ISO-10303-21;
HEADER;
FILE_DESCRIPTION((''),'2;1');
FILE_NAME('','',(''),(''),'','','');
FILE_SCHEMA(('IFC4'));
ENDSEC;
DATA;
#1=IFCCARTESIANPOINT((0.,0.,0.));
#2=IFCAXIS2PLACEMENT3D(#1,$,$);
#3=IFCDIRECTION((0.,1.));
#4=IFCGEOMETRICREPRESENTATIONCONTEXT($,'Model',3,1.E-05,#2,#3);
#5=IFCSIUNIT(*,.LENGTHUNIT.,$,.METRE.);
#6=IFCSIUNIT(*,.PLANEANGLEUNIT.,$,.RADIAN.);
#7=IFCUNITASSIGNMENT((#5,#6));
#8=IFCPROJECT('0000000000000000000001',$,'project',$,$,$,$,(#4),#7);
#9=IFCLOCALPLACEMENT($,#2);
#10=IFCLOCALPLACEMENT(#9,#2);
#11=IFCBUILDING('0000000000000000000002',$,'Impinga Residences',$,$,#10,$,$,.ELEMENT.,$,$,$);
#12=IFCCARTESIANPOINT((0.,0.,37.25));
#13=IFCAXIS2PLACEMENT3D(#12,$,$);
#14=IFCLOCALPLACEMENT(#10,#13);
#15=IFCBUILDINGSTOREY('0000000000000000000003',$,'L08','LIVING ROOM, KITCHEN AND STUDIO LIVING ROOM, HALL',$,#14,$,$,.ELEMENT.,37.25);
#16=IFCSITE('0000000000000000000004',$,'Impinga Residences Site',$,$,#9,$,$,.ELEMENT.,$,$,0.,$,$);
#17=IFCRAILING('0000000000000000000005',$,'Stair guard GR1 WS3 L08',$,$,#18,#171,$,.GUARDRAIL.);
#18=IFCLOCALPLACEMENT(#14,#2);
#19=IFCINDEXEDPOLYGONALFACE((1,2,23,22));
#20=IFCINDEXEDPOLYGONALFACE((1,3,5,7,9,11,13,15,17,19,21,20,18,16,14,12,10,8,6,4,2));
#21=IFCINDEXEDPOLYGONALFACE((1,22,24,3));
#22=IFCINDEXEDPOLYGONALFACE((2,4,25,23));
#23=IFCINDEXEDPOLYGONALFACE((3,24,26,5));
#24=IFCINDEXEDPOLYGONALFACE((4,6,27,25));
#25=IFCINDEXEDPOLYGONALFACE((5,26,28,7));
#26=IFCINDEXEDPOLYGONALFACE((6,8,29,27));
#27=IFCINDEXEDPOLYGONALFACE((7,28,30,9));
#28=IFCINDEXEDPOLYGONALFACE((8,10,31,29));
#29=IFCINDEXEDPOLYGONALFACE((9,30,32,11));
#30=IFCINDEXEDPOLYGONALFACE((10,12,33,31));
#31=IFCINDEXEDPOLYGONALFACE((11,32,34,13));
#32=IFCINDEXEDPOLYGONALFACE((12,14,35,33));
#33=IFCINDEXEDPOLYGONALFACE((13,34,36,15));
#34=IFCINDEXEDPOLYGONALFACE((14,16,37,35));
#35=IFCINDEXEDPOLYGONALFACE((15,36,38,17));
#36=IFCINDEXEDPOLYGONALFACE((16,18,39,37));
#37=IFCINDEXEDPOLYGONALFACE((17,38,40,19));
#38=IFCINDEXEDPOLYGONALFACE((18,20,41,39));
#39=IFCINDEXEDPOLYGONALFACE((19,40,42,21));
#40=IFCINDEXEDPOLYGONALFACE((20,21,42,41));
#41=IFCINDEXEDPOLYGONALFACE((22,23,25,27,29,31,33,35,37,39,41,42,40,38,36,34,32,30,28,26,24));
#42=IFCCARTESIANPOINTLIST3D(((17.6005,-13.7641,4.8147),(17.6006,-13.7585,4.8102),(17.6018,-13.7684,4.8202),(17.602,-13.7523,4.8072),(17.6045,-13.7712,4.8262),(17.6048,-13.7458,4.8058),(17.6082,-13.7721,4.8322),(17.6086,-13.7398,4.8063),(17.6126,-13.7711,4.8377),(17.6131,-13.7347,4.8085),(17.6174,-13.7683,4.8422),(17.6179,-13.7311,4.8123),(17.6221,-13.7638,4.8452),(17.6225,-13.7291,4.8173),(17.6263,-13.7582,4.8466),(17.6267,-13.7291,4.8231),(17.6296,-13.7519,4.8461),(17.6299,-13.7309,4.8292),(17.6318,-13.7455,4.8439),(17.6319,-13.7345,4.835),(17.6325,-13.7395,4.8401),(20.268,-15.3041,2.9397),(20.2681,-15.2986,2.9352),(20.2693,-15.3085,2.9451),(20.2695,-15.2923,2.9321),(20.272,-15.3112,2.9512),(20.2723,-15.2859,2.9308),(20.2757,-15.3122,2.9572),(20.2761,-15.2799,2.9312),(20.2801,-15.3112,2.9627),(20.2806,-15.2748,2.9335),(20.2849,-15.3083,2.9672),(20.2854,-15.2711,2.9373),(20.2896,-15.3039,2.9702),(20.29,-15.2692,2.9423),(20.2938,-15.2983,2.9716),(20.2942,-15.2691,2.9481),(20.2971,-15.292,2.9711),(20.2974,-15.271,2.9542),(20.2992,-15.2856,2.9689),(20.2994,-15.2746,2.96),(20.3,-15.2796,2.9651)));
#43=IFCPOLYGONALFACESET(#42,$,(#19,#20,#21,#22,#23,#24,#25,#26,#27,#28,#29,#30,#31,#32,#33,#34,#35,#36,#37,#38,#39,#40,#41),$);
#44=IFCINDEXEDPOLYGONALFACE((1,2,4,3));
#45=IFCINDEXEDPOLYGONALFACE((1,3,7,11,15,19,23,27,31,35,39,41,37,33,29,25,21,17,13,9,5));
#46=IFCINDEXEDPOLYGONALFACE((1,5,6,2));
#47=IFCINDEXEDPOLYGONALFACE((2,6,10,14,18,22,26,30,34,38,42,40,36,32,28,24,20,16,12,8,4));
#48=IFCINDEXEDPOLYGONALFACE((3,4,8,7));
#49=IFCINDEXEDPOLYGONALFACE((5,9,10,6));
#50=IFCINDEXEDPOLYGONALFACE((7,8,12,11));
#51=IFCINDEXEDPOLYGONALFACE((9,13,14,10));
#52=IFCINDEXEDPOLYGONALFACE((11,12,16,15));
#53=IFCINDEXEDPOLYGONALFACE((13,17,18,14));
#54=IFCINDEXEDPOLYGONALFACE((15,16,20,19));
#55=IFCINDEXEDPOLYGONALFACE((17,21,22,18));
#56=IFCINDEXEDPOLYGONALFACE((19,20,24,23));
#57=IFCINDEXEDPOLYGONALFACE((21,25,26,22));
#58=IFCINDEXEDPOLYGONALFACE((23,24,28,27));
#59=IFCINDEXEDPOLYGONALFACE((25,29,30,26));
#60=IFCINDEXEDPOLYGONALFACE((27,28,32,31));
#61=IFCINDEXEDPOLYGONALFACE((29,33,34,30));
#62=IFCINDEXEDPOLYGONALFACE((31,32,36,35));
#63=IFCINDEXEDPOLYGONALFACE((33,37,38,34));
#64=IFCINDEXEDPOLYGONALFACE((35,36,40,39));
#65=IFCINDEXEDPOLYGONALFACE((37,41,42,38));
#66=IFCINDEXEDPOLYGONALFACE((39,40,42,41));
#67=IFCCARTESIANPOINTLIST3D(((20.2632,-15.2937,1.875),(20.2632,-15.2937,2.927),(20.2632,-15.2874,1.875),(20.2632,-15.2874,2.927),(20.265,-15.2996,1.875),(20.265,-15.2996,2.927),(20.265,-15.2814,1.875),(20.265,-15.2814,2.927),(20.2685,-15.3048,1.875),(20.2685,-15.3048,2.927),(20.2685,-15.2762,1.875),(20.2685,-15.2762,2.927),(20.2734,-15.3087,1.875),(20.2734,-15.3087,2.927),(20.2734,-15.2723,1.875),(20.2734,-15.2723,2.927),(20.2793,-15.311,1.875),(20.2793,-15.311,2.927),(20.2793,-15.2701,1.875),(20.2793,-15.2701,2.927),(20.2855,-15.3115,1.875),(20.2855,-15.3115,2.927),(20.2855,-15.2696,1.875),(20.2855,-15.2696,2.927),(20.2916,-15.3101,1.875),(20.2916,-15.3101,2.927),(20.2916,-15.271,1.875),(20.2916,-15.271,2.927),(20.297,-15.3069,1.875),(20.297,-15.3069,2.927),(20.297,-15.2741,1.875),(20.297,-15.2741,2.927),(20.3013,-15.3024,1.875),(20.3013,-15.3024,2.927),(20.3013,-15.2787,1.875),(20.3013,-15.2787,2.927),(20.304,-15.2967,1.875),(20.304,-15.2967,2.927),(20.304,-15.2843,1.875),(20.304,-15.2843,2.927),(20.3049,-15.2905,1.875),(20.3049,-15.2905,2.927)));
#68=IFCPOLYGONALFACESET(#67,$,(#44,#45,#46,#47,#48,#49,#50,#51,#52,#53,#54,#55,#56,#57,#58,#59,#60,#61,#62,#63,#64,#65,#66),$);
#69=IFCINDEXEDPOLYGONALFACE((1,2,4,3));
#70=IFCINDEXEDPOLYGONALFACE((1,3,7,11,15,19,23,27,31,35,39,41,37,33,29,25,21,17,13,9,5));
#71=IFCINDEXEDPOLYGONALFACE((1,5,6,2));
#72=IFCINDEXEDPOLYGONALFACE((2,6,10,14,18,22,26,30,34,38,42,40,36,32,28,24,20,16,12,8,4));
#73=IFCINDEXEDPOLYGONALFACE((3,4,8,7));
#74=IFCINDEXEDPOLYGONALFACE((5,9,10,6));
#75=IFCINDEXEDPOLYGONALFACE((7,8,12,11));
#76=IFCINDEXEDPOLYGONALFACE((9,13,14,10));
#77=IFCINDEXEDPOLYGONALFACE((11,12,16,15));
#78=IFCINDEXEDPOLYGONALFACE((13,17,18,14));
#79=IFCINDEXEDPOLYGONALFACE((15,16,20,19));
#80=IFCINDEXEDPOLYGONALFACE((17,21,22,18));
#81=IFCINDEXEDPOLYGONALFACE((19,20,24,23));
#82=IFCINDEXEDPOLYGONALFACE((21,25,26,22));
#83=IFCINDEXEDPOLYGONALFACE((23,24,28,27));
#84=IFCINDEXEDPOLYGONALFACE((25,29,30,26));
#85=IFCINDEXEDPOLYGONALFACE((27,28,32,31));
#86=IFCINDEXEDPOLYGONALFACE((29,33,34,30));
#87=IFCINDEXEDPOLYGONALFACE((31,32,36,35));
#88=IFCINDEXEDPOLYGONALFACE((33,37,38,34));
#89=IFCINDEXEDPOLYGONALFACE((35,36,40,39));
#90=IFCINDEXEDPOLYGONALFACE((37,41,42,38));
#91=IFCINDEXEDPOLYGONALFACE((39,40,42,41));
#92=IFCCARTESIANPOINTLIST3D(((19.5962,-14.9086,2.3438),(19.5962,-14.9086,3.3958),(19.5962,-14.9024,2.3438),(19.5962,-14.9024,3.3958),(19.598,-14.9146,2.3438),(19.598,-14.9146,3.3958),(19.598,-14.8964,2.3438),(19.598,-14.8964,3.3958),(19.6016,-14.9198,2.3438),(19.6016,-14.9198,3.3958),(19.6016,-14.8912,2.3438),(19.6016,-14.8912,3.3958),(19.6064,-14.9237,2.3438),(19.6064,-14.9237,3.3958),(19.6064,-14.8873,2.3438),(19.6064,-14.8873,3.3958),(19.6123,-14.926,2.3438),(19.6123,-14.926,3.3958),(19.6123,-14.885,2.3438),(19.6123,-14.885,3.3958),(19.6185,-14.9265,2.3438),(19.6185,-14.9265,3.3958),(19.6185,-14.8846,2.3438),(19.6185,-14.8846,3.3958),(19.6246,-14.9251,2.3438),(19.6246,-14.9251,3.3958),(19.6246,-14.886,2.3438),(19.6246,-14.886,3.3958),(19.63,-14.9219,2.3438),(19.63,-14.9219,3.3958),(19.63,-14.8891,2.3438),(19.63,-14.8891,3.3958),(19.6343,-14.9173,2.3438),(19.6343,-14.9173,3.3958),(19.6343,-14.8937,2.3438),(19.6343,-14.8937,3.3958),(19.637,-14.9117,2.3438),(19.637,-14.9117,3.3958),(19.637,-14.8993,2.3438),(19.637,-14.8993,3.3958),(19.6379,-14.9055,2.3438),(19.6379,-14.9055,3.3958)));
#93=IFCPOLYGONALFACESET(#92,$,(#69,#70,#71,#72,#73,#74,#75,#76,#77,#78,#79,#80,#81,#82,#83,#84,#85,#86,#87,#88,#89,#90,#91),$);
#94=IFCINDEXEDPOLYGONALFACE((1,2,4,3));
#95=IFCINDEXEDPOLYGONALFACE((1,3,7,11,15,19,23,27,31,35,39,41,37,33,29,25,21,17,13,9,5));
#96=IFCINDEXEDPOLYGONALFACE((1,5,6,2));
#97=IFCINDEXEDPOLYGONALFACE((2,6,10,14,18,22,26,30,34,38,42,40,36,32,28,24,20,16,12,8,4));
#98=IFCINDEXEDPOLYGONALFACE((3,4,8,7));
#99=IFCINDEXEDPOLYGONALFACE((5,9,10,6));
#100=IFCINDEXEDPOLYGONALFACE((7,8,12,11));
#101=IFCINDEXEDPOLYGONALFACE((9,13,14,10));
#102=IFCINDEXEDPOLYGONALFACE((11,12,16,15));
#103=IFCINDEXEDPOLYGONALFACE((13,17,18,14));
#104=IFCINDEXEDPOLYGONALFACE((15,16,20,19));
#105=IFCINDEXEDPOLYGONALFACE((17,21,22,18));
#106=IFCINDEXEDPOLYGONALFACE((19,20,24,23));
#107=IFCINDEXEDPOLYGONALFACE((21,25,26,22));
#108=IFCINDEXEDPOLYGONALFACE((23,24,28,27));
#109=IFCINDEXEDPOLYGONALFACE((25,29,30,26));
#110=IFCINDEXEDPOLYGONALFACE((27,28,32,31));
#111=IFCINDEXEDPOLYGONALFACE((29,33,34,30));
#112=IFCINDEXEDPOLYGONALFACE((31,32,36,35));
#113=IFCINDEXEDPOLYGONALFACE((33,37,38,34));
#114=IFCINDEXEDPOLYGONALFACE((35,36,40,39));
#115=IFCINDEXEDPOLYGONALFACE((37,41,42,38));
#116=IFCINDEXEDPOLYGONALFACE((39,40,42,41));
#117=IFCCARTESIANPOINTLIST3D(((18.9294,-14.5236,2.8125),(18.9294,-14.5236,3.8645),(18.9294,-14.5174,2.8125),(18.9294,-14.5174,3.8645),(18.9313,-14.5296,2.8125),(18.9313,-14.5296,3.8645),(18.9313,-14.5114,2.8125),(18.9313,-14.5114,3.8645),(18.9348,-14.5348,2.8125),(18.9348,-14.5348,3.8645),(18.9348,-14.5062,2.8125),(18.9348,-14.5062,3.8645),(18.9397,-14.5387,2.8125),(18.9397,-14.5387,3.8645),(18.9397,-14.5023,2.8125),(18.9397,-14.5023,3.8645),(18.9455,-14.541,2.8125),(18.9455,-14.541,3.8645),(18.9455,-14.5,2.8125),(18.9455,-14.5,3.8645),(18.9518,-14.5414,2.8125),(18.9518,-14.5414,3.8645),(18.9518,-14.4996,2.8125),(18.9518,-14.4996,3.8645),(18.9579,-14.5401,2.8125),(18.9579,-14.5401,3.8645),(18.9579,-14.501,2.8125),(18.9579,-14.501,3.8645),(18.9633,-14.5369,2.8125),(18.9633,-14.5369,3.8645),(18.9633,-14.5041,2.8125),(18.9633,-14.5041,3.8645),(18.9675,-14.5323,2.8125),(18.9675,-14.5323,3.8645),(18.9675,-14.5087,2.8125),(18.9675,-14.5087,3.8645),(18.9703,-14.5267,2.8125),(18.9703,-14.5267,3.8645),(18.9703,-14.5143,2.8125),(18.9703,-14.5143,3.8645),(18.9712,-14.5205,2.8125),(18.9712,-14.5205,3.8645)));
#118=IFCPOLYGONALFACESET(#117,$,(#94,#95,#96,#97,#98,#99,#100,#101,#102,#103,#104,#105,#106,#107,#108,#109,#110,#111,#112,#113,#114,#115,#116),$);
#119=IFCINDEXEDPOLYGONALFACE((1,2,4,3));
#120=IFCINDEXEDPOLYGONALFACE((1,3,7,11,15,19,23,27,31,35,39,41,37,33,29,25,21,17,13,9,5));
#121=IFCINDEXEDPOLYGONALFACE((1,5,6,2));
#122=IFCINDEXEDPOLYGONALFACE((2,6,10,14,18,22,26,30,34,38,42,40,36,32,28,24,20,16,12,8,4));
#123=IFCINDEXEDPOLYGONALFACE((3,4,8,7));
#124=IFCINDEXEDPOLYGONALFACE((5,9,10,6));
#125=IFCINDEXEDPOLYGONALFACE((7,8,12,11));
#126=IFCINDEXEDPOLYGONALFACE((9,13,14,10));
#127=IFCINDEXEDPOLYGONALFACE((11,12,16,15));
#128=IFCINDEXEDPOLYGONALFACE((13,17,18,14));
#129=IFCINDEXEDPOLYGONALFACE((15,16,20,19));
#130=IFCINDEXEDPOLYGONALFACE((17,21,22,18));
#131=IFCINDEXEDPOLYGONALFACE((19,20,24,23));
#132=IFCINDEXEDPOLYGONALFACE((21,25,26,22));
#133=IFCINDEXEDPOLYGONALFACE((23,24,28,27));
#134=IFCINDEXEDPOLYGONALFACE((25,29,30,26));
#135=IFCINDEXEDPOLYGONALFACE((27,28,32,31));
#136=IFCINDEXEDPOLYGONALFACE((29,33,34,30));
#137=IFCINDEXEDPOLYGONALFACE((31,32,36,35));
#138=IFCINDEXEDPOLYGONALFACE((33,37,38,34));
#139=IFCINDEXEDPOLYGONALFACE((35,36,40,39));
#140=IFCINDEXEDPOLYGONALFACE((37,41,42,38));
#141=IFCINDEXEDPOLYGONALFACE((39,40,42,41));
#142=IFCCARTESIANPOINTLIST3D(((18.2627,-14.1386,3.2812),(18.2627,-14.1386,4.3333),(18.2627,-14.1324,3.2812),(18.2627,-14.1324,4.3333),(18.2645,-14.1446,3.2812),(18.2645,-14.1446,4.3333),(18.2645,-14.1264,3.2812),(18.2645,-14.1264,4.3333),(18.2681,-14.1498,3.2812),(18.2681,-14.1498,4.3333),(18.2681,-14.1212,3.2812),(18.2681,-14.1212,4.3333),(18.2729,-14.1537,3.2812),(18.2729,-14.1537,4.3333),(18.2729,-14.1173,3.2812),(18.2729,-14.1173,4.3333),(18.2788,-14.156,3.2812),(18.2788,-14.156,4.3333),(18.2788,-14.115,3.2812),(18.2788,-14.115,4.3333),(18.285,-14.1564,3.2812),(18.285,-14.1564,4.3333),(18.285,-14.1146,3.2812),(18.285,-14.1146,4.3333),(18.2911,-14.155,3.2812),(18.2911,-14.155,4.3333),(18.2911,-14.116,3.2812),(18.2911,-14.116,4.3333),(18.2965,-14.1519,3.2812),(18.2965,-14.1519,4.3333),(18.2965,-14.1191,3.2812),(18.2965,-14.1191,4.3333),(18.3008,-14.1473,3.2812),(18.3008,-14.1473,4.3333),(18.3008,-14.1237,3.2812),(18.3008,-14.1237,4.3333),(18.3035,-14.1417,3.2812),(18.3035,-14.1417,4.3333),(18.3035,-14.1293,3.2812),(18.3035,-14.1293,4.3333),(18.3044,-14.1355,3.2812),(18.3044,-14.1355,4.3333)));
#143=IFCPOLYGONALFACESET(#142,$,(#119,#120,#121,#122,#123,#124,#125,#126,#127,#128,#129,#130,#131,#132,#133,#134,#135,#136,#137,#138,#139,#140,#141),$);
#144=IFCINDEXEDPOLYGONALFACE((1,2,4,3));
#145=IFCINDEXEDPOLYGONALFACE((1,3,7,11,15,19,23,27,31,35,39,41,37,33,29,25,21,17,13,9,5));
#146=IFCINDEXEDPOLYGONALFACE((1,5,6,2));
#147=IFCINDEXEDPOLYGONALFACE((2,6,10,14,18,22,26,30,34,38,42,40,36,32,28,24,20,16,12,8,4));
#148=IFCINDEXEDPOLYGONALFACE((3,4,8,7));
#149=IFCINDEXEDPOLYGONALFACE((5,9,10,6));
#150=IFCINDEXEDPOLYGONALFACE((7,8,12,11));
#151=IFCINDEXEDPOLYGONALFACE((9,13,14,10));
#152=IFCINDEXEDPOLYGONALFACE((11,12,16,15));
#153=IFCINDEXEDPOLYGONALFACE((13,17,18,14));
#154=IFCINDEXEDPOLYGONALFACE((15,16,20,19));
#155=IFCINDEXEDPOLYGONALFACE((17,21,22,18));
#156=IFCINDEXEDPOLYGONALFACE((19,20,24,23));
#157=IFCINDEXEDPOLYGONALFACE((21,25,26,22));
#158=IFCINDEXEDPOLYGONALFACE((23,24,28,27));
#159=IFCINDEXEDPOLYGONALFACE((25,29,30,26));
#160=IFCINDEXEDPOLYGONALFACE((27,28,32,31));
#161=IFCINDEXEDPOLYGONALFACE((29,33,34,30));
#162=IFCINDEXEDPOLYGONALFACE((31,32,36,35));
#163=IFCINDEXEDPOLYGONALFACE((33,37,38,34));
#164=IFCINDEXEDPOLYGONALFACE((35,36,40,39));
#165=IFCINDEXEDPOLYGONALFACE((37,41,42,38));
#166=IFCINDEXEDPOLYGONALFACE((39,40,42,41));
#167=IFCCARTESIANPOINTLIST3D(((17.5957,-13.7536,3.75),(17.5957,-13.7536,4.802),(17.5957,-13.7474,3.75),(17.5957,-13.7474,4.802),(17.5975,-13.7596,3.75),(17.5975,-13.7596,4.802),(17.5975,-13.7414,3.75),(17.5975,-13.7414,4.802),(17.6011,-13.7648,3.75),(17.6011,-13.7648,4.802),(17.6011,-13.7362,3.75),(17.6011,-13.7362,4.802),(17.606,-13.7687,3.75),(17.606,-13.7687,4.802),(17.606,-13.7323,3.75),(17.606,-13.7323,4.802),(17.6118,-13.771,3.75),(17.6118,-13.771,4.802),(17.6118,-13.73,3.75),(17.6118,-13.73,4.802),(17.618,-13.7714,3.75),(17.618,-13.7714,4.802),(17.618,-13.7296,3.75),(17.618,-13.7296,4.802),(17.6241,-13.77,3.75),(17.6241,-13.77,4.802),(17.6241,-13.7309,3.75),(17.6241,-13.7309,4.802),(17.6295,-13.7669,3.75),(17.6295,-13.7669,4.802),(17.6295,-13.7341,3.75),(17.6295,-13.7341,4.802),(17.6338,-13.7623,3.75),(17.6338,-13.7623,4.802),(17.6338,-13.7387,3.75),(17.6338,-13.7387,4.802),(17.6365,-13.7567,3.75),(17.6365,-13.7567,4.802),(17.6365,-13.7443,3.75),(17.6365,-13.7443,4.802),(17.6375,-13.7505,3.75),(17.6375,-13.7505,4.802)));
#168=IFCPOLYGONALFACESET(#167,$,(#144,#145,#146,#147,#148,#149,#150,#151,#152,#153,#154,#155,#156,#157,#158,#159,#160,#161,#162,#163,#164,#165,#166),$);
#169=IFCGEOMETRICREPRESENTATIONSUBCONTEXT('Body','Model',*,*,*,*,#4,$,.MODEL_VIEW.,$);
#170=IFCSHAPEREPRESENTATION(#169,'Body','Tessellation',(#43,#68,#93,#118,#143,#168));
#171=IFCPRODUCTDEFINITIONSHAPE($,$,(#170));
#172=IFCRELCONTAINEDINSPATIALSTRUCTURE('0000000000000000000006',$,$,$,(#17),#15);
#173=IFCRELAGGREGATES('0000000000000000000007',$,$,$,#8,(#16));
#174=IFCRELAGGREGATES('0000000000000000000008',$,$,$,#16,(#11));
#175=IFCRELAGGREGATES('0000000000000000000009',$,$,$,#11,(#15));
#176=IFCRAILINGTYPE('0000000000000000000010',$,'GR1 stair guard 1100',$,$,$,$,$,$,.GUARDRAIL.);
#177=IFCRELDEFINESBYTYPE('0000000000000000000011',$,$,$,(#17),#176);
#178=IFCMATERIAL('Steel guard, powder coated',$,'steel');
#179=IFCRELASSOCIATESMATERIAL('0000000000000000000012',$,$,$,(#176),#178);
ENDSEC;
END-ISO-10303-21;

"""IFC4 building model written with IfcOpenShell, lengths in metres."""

from ifc_helpers import new_model, si_unit, direction, frame, origin, origin_2d, place, context, subcontext, project, spatial, circle, extrude, material, type_object, element, save


model = new_model("IFC4")

# Units and contexts
model_context = context("Model", 3, precision=1e-05, world=origin(), true_north=direction((0.0, 1.0)))
body_context = subcontext(model_context, "Body", "Model", "MODEL_VIEW")
ifc_project = project(units=[si_unit("LENGTHUNIT", "METRE"), si_unit("PLANEANGLEUNIT", "RADIAN")], contexts=[model_context])

# Site, building, storey
site_placement = place(None, origin())
site = spatial("IfcSite", under=ifc_project, at=site_placement, Name="Impinga Residences Site", CompositionType="ELEMENT", RefElevation=0.0)
building_placement = place(site_placement, origin())
building = spatial("IfcBuilding", under=site, at=building_placement, Name="Impinga Residences", CompositionType="ELEMENT")
storey_placement = place(building_placement, frame((0.0, 0.0, 37.25)))
storey = spatial("IfcBuildingStorey", under=building, at=storey_placement, Name="L08", Description="LIVING ROOM, KITCHEN AND STUDIO LIVING ROOM, HALL", CompositionType="ELEMENT", Elevation=37.25)

# Railing
ifc_material_1 = material(Name="Steel guard, powder coated", Category="steel")
railing_type = type_object("IfcRailingType", Name="GR1 stair guard 1100", PredefinedType="GUARDRAIL", material=ifc_material_1)
railing_placement = place(storey_placement, frame((20.2839, -15.2905, 1.875)))
element("IfcRailing", 1, at=railing_placement, inside=storey, type_object=railing_type, Name="Stair guard GR1 WS3 L08", PredefinedType="GUARDRAIL", context=body_context, shape_type="SweptSolid", body=[
    extrude(circle(Radius=0.0239, at=origin_2d()), frame((0.0, 0.0, 1.0762), z_axis=(-0.739746, 0.427084, 0.519975), x_axis=(-0.499992, -0.86603, 0.0)), (0.0, 0.0, 1.0), 3.606),
    extrude(circle(Radius=0.021, at=origin_2d()), origin(), (0.0, 0.0, 1.0), 1.052),
    extrude(circle(Radius=0.021, at=origin_2d()), frame((-0.667, 0.385, 0.4688)), (0.0, 0.0, 1.0), 1.052),
    extrude(circle(Radius=0.021, at=origin_2d()), frame((-1.3337, 0.77, 0.9375)), (0.0, 0.0, 1.0), 1.052),
    extrude(circle(Radius=0.021, at=origin_2d()), frame((-2.0005, 1.155, 1.4062)), (0.0, 0.0, 1.0), 1.052),
    extrude(circle(Radius=0.021, at=origin_2d()), frame((-2.6675, 1.54, 1.875)), (0.0, 0.0, 1.0), 1.052),
])

save(model, "model.ifc")
